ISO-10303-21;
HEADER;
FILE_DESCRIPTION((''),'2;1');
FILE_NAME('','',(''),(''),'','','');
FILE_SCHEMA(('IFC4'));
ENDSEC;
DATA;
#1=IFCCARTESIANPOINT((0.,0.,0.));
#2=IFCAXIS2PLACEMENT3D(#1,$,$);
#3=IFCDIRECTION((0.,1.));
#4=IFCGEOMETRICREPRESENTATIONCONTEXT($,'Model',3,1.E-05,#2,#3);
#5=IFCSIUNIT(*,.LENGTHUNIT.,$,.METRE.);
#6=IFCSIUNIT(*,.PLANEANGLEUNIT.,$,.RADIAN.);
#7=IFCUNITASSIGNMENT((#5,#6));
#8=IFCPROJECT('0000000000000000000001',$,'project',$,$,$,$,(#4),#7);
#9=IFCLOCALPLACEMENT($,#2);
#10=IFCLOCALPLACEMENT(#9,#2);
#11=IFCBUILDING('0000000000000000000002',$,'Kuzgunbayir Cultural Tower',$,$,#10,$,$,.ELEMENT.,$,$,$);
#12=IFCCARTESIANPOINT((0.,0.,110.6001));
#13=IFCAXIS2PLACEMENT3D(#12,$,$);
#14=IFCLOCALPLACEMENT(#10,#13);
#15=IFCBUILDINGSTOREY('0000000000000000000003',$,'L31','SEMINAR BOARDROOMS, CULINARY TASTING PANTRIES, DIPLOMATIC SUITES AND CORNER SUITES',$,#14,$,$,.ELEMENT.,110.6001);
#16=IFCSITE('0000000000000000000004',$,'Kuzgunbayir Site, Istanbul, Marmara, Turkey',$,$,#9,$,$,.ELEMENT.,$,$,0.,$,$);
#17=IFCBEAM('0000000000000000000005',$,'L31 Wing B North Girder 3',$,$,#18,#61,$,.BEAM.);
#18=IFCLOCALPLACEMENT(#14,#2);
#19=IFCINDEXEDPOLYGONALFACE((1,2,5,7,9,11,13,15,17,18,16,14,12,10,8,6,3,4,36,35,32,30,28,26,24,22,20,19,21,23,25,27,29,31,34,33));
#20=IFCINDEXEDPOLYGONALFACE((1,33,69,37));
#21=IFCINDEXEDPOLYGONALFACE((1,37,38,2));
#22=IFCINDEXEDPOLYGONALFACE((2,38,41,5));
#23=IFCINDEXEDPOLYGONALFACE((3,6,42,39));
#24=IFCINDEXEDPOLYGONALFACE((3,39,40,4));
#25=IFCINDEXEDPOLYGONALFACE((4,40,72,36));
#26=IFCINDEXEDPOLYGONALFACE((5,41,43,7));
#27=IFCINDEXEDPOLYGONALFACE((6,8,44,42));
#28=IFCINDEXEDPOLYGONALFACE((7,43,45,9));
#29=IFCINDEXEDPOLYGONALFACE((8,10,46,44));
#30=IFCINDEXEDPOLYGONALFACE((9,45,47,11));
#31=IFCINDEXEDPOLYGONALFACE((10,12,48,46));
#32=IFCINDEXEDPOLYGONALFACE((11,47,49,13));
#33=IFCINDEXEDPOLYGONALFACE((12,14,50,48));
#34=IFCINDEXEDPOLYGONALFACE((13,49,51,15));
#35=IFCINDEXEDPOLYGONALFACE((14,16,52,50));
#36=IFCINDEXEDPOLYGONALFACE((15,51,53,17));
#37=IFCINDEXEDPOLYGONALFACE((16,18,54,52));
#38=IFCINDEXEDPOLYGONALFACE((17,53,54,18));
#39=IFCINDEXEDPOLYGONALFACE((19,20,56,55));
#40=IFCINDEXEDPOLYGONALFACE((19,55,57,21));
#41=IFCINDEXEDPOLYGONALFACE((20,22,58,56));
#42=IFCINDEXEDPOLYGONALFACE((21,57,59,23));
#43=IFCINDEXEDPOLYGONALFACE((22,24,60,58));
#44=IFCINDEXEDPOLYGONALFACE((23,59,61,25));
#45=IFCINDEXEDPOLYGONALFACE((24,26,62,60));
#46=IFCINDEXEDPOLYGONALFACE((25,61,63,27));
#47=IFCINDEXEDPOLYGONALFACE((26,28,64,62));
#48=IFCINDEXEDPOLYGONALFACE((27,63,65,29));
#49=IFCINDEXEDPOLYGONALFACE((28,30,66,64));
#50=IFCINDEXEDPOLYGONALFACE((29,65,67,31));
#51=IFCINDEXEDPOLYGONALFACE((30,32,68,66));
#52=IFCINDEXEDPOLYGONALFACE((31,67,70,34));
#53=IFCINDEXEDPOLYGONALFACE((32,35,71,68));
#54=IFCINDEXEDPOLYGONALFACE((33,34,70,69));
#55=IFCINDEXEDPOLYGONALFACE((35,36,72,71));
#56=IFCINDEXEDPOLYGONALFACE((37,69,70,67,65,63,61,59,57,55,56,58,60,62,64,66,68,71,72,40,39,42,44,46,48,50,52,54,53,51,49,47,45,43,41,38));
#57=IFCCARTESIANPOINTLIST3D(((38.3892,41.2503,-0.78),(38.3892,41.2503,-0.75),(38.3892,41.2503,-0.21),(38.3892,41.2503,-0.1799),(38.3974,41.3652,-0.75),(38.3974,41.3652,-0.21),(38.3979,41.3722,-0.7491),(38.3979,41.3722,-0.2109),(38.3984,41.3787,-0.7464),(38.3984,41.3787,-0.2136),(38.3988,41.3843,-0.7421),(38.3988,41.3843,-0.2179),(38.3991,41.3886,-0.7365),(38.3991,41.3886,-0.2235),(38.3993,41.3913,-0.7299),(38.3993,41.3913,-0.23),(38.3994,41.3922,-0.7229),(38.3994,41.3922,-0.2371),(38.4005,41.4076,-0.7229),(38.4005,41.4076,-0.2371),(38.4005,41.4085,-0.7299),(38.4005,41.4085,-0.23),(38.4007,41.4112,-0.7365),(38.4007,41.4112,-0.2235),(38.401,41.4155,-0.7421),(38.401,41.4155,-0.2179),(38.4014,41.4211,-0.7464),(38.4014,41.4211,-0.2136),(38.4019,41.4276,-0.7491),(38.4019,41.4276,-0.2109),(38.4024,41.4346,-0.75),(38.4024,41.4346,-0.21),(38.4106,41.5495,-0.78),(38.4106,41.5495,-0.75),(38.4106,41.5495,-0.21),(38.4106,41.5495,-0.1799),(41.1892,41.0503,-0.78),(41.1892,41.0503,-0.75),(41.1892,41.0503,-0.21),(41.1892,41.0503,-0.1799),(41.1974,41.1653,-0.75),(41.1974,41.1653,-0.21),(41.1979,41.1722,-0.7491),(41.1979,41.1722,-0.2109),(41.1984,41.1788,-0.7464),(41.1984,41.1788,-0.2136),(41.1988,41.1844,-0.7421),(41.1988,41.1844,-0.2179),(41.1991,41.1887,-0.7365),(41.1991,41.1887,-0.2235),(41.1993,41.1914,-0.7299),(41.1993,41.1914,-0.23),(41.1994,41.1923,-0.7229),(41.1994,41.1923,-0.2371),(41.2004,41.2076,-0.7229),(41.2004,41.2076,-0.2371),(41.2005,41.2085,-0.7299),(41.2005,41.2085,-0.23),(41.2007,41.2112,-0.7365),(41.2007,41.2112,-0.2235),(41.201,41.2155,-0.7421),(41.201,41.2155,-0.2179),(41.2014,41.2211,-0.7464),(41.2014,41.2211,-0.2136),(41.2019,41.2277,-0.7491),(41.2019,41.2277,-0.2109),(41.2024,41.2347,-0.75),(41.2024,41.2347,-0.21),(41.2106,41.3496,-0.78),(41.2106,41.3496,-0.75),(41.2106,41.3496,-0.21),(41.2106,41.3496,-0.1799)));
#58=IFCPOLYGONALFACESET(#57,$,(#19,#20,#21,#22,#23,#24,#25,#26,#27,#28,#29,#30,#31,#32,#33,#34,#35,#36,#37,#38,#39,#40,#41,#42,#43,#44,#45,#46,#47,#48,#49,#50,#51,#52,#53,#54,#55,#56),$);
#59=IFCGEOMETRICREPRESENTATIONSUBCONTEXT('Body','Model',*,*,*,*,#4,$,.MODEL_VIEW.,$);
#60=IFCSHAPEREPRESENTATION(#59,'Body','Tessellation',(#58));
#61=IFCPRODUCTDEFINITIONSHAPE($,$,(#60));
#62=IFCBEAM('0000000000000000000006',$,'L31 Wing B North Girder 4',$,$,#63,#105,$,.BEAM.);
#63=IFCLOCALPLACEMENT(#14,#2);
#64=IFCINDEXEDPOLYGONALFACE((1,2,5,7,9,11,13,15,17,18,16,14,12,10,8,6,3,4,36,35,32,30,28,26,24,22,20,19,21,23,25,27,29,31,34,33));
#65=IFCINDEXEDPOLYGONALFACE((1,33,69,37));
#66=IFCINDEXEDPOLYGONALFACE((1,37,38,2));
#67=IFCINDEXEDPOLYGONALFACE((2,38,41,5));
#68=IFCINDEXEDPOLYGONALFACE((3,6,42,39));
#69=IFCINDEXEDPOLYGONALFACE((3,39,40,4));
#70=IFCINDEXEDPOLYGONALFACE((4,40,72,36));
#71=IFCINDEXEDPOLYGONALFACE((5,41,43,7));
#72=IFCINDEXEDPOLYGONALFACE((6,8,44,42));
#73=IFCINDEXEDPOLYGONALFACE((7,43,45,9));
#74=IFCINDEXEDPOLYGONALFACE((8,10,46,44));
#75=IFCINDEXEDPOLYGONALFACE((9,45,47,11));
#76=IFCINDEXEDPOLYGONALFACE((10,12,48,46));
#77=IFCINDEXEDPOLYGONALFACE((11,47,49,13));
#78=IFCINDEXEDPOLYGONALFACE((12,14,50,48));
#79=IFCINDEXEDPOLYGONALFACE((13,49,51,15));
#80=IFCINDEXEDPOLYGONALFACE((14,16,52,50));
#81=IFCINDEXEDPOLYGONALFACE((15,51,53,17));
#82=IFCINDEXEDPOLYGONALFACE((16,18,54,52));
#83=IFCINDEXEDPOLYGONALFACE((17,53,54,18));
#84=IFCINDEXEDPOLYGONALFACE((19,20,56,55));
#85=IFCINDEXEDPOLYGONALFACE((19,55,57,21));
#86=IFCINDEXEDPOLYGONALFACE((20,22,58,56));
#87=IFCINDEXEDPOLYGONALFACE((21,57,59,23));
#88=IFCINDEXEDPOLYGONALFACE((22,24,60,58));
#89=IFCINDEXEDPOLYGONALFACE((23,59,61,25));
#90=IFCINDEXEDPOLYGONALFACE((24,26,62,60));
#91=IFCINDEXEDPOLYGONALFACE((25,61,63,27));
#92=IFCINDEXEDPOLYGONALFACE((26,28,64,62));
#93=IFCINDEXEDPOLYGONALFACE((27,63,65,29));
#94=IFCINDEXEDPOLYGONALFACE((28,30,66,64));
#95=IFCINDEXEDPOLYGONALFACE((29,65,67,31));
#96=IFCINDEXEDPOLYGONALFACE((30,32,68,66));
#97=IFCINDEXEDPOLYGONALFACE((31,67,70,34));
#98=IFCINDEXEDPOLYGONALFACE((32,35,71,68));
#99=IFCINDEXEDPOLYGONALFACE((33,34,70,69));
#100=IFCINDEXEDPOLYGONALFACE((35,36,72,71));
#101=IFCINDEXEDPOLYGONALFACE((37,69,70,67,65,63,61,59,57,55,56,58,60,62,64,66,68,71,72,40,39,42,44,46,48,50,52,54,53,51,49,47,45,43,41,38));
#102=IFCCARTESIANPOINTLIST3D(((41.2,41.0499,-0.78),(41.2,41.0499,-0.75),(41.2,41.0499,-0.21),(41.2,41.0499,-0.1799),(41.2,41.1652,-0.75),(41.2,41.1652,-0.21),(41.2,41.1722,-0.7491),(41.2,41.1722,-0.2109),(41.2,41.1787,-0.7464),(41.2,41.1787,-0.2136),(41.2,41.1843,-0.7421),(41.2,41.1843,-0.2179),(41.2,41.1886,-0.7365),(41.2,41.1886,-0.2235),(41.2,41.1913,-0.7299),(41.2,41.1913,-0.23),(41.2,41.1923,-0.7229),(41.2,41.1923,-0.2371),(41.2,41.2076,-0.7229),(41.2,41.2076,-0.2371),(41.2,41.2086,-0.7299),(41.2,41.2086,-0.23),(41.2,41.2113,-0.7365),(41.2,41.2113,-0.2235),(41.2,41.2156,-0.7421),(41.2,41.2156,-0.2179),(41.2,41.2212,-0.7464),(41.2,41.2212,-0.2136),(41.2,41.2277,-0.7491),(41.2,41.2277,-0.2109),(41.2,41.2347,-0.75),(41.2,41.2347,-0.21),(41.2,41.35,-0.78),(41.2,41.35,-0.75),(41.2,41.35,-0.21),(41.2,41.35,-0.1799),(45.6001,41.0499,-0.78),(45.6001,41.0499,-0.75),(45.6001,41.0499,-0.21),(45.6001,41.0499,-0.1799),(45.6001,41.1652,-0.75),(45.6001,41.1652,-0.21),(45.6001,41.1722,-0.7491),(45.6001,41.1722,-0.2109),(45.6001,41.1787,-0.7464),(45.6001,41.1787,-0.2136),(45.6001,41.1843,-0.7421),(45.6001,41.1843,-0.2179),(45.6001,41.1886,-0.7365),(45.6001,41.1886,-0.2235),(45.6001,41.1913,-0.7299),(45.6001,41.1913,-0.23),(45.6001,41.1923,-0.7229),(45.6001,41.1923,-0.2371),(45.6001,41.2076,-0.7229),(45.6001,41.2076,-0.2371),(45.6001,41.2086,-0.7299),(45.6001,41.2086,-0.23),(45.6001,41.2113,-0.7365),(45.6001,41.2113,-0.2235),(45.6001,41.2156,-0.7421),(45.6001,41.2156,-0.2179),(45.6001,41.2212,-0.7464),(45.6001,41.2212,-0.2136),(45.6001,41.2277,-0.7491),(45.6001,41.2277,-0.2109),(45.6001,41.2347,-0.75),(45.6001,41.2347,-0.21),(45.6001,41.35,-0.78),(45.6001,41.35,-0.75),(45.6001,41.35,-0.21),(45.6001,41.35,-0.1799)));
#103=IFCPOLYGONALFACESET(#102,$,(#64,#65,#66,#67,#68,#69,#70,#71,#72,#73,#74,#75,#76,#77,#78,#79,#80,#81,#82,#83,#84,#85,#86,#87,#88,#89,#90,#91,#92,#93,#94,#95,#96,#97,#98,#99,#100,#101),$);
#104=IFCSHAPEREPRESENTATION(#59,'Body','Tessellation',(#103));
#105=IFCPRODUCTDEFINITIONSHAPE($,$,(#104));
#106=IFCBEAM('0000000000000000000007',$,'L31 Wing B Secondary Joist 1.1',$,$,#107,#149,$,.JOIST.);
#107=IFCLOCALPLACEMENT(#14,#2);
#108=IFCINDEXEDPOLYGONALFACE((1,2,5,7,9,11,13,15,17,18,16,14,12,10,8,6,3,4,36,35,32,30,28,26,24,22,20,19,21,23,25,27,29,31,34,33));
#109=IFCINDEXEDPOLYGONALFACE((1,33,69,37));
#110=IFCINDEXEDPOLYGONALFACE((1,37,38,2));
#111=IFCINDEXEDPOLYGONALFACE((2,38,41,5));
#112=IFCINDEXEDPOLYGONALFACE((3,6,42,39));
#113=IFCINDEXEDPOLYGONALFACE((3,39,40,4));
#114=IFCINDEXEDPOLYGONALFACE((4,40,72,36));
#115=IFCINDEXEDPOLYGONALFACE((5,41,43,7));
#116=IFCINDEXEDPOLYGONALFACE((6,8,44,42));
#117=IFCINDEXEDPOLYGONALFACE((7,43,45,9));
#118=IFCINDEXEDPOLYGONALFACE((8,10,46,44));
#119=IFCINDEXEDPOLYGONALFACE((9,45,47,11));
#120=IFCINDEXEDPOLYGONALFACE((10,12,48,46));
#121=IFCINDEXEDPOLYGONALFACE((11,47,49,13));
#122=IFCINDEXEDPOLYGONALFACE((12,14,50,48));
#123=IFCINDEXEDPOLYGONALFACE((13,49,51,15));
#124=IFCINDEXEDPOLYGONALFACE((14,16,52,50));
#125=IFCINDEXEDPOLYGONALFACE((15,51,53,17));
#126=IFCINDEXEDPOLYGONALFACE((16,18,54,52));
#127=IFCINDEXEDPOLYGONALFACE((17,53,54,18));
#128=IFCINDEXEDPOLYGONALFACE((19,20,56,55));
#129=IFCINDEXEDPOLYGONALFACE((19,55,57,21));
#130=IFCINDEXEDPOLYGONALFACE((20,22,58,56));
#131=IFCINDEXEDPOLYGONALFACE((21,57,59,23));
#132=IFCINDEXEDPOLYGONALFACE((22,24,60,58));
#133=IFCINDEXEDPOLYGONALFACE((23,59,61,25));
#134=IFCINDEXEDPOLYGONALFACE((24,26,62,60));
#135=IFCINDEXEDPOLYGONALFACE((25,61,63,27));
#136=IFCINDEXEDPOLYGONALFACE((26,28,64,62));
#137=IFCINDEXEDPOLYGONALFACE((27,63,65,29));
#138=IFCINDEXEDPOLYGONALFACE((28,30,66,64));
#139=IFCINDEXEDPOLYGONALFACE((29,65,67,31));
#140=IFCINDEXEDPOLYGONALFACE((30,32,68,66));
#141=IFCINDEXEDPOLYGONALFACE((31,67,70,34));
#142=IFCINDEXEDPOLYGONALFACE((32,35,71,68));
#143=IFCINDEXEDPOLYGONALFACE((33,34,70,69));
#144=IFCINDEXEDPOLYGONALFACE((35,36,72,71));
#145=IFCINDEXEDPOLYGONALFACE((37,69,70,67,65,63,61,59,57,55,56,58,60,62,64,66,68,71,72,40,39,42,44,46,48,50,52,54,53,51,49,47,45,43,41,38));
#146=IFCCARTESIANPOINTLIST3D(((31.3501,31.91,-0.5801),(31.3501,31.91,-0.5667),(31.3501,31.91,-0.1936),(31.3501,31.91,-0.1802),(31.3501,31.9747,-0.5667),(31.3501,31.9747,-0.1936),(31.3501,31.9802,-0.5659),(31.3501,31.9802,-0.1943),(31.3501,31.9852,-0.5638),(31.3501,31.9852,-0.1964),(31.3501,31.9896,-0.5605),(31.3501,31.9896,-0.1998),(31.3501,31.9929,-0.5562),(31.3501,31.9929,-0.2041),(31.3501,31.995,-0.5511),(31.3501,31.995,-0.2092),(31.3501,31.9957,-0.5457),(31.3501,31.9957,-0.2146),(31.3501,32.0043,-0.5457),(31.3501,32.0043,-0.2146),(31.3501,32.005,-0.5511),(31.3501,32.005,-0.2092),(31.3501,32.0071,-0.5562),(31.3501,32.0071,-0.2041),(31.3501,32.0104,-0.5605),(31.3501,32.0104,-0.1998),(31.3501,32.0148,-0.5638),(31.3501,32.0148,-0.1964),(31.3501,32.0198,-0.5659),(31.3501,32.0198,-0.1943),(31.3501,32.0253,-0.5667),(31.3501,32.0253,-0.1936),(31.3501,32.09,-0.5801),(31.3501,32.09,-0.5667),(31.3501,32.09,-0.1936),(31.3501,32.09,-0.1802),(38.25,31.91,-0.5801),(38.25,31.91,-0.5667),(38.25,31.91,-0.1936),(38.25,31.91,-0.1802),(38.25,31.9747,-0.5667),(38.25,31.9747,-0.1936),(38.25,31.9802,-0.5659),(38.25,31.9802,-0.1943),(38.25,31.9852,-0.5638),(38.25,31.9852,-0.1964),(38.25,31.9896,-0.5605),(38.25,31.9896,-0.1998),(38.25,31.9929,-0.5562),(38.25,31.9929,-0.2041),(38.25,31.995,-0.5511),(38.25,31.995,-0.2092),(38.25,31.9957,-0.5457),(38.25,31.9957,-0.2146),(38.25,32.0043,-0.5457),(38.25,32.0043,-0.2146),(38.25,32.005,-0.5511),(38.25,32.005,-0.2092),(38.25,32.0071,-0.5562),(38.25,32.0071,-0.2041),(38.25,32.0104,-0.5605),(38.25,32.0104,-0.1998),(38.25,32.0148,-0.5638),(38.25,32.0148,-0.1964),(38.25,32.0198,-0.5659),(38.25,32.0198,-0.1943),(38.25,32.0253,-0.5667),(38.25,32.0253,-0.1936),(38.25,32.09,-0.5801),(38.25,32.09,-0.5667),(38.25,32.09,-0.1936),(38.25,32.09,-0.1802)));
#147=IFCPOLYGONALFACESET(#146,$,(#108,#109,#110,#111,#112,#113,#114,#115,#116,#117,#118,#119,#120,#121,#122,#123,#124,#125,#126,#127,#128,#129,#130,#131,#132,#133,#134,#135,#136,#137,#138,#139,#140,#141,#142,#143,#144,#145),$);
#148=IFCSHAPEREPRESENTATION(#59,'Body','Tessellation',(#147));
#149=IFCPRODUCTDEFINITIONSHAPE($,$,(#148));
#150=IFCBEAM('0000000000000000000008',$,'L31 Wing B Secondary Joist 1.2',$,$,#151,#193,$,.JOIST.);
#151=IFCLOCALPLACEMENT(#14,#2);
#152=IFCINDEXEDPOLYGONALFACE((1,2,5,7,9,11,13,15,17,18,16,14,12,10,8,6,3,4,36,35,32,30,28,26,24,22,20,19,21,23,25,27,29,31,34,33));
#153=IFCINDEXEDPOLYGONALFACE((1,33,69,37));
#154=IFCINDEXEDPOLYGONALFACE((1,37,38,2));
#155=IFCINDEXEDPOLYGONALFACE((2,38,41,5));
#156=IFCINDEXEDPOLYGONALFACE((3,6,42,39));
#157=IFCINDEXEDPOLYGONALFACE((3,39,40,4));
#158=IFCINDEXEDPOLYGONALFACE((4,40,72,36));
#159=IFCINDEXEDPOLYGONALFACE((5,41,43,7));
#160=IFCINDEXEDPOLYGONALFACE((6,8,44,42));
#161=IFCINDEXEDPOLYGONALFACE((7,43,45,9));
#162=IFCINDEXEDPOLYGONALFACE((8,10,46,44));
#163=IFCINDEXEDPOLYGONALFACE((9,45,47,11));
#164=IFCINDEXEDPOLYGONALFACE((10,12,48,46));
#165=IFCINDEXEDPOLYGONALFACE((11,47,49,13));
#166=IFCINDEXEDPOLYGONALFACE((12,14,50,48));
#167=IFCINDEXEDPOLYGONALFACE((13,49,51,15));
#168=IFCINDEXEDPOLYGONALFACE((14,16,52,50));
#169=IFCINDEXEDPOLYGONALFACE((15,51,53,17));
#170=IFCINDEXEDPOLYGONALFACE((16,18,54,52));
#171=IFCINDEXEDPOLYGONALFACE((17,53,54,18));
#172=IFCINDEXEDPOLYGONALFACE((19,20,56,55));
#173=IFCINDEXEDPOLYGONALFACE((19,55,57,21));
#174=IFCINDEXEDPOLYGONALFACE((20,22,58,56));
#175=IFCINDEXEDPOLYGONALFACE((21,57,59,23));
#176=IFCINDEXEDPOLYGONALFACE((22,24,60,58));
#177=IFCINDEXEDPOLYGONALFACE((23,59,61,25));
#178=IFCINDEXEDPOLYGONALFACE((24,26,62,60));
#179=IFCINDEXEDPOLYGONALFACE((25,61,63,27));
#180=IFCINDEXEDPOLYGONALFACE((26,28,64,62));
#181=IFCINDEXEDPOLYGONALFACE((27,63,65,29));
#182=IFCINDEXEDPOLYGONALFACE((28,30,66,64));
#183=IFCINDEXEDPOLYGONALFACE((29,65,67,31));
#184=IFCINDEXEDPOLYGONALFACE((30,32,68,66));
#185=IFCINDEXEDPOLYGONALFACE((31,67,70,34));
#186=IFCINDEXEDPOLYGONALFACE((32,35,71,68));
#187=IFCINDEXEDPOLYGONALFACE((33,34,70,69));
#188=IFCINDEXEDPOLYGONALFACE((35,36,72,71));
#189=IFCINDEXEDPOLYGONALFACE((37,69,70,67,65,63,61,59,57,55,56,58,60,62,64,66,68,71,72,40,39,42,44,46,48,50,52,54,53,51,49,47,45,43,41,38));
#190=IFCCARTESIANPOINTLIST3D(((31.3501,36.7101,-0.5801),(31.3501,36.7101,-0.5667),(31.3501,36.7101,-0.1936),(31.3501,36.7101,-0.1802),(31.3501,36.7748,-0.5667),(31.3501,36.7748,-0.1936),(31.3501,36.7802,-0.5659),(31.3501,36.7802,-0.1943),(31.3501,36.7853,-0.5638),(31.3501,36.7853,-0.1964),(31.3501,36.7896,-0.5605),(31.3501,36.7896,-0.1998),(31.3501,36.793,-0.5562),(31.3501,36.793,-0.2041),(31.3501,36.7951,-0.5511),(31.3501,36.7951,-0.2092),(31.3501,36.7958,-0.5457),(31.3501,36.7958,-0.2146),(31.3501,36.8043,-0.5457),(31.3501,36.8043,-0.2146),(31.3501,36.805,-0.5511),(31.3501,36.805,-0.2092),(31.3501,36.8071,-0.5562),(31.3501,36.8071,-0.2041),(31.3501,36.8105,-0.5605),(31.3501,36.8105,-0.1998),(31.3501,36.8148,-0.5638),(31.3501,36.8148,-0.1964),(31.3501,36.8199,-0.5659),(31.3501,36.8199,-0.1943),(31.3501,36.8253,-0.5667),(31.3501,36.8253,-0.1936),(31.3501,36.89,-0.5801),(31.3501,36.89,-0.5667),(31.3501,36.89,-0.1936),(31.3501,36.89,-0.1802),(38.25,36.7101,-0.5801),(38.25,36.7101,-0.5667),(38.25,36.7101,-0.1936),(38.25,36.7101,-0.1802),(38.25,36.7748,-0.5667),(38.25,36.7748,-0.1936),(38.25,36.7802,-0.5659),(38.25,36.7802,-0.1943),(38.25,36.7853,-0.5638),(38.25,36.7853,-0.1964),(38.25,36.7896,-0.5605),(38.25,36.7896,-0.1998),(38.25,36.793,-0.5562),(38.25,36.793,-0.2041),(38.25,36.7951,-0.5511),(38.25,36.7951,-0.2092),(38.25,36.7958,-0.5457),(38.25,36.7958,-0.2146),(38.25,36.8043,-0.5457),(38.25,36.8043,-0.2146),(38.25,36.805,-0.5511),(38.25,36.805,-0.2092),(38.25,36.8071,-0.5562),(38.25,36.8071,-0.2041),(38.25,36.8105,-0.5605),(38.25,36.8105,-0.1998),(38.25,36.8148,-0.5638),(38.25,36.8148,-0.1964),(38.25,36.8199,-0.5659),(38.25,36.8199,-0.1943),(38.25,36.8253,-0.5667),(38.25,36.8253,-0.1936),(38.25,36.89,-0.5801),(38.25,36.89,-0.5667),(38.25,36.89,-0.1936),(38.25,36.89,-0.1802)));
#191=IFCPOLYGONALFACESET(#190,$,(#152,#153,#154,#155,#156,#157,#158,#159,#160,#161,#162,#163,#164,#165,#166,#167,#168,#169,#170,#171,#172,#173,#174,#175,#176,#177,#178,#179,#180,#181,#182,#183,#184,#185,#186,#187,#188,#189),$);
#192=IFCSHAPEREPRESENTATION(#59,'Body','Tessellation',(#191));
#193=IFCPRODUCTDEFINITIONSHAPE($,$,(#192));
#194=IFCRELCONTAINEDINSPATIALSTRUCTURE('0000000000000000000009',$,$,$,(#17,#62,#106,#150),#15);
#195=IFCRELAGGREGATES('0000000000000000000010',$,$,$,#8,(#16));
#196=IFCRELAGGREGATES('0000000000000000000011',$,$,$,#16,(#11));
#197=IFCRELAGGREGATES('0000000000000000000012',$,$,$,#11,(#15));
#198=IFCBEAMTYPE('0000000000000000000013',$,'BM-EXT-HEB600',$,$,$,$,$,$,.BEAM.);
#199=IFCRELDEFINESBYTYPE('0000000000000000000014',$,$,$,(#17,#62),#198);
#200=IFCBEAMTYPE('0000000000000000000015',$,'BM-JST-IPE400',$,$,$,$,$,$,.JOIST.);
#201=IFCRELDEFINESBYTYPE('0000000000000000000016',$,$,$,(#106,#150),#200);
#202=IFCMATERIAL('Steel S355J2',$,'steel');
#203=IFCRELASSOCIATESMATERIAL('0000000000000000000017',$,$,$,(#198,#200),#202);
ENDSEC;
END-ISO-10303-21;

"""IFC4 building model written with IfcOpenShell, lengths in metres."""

from ifc_helpers import new_model, si_unit, direction, frame, origin, origin_2d, place, context, subcontext, project, spatial, i_section, extrude, material, material_profile, profile_set, type_object, element, save


model = new_model("IFC4")

# Units and contexts
model_context = context("Model", 3, precision=1e-05, world=origin(), true_north=direction((0.0, 1.0)))
body_context = subcontext(model_context, "Body", "Model", "MODEL_VIEW")
ifc_project = project(units=[si_unit("LENGTHUNIT", "METRE"), si_unit("PLANEANGLEUNIT", "RADIAN")], contexts=[model_context])

# Site, building, storey
site_placement = place(None, origin())
site = spatial("IfcSite", under=ifc_project, at=site_placement, Name="Kuzgunbayir Site, Istanbul, Marmara, Turkey", CompositionType="ELEMENT", RefElevation=0.0)
building_placement = place(site_placement, origin())
building = spatial("IfcBuilding", under=site, at=building_placement, Name="Kuzgunbayir Cultural Tower", CompositionType="ELEMENT")
storey_placement = place(building_placement, frame((0.0, 0.0, 110.6001)))
storey = spatial("IfcBuildingStorey", under=building, at=storey_placement, Name="L31", Description="SEMINAR BOARDROOMS, CULINARY TASTING PANTRIES, DIPLOMATIC SUITES AND CORNER SUITES", CompositionType="ELEMENT", Elevation=110.6001)

# Beams
ifc_material_1 = material(Name="Steel S355J2", Category="steel")
ifc_material_profile_1 = material_profile(ifc_material_1, i_section(OverallWidth=0.3, OverallDepth=0.6001, WebThickness=0.0154, FlangeThickness=0.03, FilletRadius=0.0271, at=origin_2d()), Name="HEB 600")
ifc_profile_set_1 = profile_set([ifc_material_profile_1], Name="Steel S355J2")
beam_type_1 = type_object("IfcBeamType", Name="BM-EXT-HEB600", PredefinedType="BEAM", material=ifc_profile_set_1)
beam_1_placement = place(storey_placement, frame((38.3999, 41.3999, -0.48), z_axis=(0.99746, -0.071229, 0.0), x_axis=(0.071229, 0.99746, 0.0)))
element("IfcBeam", 1, at=beam_1_placement, inside=storey, type_object=beam_type_1, Name="L31 Wing B North Girder 3", PredefinedType="BEAM", context=body_context, shape_type="SweptSolid", body=[
    extrude(i_section(OverallWidth=0.3, OverallDepth=0.6001, WebThickness=0.0154, FlangeThickness=0.03, FilletRadius=0.0271, at=origin_2d()), origin(), (0.0, 0.0, 1.0), 2.8071),
])
beam_2_placement = place(storey_placement, frame((41.2, 41.2, -0.48), z_axis=(1.0, 0.0, 0.0), x_axis=(0.0, 1.0, 0.0)))
element("IfcBeam", 2, at=beam_2_placement, inside=storey, type_object=beam_type_1, Name="L31 Wing B North Girder 4", PredefinedType="BEAM", context=body_context, shape_type="SweptSolid", body=[
    extrude(i_section(OverallWidth=0.3, OverallDepth=0.6001, WebThickness=0.0154, FlangeThickness=0.03, FilletRadius=0.0271, at=origin_2d()), origin(), (0.0, 0.0, 1.0), 4.4001),
])
ifc_material_profile_2 = material_profile(ifc_material_1, i_section(OverallWidth=0.1799, OverallDepth=0.3999, WebThickness=0.0085, FlangeThickness=0.0134, FilletRadius=0.021, at=origin_2d()), Name="IPE 400")
ifc_profile_set_2 = profile_set([ifc_material_profile_2], Name="Steel S355J2")
beam_type_2 = type_object("IfcBeamType", Name="BM-JST-IPE400", PredefinedType="JOIST", material=ifc_profile_set_2)
for number, where, z_axis, x_axis, name in (
    (3, (31.3501, 32.0, -0.3801), (1.0, 0.0, 0.0), (0.0, 1.0, 0.0), "L31 Wing B Secondary Joist 1.1"),
    (4, (31.3501, 36.8, -0.3801), (1.0, 0.0, 0.0), (0.0, 1.0, 0.0), "L31 Wing B Secondary Joist 1.2"),
):
    element("IfcBeam", number, at=place(storey_placement, frame(where, z_axis=z_axis, x_axis=x_axis)), inside=storey, type_object=beam_type_2, Name=name, PredefinedType="JOIST", context=body_context, shape_type="SweptSolid", body=[
        extrude(i_section(OverallWidth=0.1799, OverallDepth=0.3999, WebThickness=0.0085, FlangeThickness=0.0134, FilletRadius=0.021, at=origin_2d()), origin(), (0.0, 0.0, 1.0), 6.8999),
    ])

save(model, "model.ifc")
